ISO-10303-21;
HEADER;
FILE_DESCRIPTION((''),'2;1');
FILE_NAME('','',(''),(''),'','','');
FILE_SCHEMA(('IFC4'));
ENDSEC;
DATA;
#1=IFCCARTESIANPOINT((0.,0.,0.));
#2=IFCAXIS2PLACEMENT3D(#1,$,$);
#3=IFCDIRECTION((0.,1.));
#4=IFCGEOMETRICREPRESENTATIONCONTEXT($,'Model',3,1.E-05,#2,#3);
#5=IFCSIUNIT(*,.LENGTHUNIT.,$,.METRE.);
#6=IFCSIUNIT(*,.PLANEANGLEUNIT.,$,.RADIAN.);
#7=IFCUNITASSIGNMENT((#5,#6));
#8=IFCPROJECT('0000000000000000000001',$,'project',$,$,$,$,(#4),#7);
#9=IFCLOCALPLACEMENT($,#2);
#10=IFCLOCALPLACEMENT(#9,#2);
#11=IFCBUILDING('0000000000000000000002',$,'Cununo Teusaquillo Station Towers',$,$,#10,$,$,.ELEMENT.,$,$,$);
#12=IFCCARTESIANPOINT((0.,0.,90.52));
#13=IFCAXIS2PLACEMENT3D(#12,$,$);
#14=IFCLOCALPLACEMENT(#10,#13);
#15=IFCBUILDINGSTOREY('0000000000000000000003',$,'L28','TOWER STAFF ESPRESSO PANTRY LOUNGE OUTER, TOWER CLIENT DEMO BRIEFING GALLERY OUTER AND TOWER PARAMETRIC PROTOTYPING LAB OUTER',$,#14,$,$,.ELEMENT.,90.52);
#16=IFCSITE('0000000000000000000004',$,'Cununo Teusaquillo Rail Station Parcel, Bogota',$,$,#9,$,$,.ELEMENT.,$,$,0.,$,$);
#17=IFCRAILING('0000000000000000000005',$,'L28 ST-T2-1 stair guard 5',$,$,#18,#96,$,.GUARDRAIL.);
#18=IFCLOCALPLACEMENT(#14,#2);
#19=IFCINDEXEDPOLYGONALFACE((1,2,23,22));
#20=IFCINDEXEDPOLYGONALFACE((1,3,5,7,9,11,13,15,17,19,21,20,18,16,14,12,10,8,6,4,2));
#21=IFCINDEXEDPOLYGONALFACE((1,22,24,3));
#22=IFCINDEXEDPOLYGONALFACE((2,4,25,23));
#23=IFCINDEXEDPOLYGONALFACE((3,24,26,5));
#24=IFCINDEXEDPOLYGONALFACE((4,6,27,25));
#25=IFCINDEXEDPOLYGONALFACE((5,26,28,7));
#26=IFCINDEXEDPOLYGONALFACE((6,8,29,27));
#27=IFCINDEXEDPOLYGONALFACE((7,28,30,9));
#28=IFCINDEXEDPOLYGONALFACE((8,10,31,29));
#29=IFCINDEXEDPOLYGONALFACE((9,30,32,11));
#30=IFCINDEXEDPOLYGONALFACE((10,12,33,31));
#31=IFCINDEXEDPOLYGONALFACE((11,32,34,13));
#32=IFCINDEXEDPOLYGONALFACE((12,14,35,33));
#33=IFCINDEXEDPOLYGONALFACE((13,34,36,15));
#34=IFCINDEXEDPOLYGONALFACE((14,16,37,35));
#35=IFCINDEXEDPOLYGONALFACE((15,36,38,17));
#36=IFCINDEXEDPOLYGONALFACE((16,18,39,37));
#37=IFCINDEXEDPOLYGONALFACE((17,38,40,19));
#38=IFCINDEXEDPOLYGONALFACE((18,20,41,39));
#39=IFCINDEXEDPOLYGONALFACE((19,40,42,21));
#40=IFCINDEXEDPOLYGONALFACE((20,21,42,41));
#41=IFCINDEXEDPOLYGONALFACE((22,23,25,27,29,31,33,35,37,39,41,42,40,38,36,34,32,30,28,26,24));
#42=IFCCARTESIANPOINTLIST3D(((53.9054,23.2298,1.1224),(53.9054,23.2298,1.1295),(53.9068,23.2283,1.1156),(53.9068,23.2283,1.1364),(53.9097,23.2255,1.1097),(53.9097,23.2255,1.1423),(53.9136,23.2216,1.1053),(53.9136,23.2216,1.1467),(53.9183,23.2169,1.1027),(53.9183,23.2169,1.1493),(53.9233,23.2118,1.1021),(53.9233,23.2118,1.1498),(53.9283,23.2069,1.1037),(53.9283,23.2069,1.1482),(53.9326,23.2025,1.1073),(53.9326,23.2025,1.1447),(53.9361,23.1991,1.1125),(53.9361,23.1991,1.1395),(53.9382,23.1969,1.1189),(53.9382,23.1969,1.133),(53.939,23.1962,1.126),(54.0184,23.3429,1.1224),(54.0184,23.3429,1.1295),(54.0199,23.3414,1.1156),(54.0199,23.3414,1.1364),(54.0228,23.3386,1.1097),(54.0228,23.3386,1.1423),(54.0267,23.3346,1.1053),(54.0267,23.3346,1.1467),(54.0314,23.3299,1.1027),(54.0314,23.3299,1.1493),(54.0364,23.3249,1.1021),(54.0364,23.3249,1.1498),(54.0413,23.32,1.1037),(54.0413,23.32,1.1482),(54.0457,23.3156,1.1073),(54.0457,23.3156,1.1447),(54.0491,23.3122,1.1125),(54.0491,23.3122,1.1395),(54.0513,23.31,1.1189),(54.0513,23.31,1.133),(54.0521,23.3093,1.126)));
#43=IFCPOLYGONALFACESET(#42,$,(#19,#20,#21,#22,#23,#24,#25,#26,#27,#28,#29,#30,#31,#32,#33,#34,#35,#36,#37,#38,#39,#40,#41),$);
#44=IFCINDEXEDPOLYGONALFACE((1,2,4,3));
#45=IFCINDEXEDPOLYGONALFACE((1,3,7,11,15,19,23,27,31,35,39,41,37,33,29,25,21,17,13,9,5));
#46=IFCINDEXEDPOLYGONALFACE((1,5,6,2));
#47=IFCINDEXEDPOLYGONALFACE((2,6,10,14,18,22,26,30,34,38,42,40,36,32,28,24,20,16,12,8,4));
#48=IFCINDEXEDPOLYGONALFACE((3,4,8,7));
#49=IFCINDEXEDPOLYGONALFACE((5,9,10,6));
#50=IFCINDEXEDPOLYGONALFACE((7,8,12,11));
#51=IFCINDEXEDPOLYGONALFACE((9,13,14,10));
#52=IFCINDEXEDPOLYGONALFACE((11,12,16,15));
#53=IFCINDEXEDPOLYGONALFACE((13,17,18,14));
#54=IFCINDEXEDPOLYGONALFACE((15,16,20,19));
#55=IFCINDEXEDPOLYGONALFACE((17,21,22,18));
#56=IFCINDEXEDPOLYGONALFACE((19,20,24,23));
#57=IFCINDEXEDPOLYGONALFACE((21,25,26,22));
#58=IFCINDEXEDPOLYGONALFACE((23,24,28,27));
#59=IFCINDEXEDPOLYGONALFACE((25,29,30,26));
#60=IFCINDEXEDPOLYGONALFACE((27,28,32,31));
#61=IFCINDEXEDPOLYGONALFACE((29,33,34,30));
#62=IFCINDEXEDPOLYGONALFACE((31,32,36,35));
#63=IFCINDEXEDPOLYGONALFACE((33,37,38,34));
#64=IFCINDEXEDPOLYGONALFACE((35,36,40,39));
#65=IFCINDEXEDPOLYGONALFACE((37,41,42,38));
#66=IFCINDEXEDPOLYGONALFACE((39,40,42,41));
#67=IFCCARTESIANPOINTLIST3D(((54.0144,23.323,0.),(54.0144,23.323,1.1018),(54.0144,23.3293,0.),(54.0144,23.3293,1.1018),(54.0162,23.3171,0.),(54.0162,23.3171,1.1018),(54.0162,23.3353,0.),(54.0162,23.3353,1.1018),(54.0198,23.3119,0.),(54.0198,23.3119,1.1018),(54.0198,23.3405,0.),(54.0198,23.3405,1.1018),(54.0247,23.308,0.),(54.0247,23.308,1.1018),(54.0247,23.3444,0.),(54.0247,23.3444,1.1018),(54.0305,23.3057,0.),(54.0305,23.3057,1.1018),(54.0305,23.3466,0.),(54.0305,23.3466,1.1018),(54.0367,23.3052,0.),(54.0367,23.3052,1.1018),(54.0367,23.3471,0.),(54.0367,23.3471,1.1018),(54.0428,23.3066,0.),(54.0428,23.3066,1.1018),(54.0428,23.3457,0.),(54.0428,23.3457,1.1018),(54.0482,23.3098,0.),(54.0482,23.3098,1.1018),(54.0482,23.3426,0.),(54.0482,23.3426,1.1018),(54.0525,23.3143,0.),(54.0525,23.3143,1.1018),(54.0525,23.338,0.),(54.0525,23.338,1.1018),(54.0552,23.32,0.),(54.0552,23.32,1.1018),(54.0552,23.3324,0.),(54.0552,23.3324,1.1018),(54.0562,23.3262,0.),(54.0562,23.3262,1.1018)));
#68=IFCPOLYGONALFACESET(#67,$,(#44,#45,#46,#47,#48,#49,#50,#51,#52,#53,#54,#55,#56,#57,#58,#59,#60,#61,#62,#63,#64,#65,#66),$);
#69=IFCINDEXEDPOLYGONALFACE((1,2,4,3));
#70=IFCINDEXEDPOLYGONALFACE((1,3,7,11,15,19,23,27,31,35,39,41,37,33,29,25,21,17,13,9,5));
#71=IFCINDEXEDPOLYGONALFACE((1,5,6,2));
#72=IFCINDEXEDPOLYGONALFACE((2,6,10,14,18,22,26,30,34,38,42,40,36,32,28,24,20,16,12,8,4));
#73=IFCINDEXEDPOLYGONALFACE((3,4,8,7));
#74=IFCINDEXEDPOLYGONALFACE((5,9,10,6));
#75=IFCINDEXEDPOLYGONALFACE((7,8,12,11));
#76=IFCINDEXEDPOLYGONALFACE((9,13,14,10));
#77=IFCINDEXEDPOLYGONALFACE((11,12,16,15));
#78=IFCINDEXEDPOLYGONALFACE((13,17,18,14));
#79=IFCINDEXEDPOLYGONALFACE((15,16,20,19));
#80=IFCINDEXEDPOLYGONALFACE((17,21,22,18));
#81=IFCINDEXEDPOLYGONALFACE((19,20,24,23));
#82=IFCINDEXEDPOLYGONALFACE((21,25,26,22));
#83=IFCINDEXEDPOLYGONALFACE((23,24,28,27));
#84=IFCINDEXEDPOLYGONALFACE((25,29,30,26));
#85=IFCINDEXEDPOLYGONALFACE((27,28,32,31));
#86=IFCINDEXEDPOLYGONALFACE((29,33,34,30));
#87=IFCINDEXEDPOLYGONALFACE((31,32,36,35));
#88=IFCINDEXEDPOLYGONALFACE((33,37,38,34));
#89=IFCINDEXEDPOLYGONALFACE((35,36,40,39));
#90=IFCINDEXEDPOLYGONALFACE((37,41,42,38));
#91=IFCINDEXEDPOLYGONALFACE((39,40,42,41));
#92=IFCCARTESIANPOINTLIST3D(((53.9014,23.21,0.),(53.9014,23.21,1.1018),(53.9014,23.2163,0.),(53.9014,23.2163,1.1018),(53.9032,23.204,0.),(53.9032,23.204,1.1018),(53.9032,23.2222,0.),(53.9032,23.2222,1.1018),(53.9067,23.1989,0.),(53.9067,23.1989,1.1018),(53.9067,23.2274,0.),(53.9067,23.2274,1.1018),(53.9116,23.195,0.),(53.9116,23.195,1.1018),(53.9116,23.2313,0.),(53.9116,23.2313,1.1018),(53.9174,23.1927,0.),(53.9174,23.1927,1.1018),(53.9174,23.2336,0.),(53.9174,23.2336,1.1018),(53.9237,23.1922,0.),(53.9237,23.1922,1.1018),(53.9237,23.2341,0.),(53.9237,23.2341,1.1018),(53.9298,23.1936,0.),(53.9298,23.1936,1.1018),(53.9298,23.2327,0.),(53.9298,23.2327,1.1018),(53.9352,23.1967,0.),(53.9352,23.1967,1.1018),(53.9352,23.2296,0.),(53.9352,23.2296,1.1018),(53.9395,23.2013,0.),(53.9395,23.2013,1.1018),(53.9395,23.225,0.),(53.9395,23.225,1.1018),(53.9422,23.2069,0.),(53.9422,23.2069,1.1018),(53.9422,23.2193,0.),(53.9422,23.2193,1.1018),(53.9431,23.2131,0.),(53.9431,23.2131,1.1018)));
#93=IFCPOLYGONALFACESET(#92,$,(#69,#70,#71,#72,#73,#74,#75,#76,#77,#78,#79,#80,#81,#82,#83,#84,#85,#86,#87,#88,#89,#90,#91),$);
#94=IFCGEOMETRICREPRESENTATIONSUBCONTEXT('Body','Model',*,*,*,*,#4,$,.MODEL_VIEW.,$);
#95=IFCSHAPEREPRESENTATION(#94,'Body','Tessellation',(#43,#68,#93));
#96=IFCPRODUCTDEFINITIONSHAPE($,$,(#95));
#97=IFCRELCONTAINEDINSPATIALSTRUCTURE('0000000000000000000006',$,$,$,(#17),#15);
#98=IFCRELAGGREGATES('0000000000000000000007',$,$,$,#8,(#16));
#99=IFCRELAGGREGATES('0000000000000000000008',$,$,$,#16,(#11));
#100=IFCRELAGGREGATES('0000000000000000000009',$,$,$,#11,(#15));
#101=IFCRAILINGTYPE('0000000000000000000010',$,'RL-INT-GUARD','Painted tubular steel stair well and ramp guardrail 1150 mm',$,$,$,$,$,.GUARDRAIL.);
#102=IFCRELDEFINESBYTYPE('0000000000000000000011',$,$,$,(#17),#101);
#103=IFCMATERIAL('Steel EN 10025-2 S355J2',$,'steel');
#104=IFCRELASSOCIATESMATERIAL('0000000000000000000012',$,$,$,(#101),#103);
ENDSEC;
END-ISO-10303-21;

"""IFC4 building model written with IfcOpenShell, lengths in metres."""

from ifc_helpers import new_model, si_unit, direction, frame, origin, origin_2d, place, context, subcontext, project, spatial, circle, extrude, material, type_object, element, save


model = new_model("IFC4")

# Units and contexts
model_context = context("Model", 3, precision=1e-05, world=origin(), true_north=direction((0.0, 1.0)))
body_context = subcontext(model_context, "Body", "Model", "MODEL_VIEW")
ifc_project = project(units=[si_unit("LENGTHUNIT", "METRE"), si_unit("PLANEANGLEUNIT", "RADIAN")], contexts=[model_context])

# Site, building, storey
site_placement = place(None, origin())
site = spatial("IfcSite", under=ifc_project, at=site_placement, Name="Cununo Teusaquillo Rail Station Parcel, Bogota", CompositionType="ELEMENT", RefElevation=0.0)
building_placement = place(site_placement, origin())
building = spatial("IfcBuilding", under=site, at=building_placement, Name="Cununo Teusaquillo Station Towers", CompositionType="ELEMENT")
storey_placement = place(building_placement, frame((0.0, 0.0, 90.52)))
storey = spatial("IfcBuildingStorey", under=building, at=storey_placement, Name="L28", Description="TOWER STAFF ESPRESSO PANTRY LOUNGE OUTER, TOWER CLIENT DEMO BRIEFING GALLERY OUTER AND TOWER PARAMETRIC PROTOTYPING LAB OUTER", CompositionType="ELEMENT", Elevation=90.52)

# Railing
ifc_material_1 = material(Name="Steel EN 10025-2 S355J2", Category="steel")
railing_type_1 = type_object("IfcRailingType", Name="RL-INT-GUARD", Description="Painted tubular steel stair well and ramp guardrail 1150 mm", PredefinedType="GUARDRAIL", material=ifc_material_1)
railing_1_placement = place(storey_placement, frame((54.0352, 23.3262, 0.0)))
element("IfcRailing", 1, at=railing_1_placement, inside=storey, type_object=railing_type_1, Name="L28 ST-T2-1 stair guard 5", PredefinedType="GUARDRAIL", context=body_context, shape_type="SweptSolid", body=[
    extrude(circle(Radius=0.0239, at=origin_2d()), frame((0.0, 0.0, 1.126), z_axis=(-0.707107, -0.707107, 0.0), x_axis=(0.707107, -0.707107, 0.0)), (0.0, 0.0, 1.0), 0.1599),
    extrude(circle(Radius=0.021, at=origin_2d()), origin(), (0.0, 0.0, 1.0), 1.1018),
    extrude(circle(Radius=0.021, at=origin_2d()), frame((-0.113, -0.113, 0.0)), (0.0, 0.0, 1.0), 1.1018),
])

save(model, "model.ifc")
